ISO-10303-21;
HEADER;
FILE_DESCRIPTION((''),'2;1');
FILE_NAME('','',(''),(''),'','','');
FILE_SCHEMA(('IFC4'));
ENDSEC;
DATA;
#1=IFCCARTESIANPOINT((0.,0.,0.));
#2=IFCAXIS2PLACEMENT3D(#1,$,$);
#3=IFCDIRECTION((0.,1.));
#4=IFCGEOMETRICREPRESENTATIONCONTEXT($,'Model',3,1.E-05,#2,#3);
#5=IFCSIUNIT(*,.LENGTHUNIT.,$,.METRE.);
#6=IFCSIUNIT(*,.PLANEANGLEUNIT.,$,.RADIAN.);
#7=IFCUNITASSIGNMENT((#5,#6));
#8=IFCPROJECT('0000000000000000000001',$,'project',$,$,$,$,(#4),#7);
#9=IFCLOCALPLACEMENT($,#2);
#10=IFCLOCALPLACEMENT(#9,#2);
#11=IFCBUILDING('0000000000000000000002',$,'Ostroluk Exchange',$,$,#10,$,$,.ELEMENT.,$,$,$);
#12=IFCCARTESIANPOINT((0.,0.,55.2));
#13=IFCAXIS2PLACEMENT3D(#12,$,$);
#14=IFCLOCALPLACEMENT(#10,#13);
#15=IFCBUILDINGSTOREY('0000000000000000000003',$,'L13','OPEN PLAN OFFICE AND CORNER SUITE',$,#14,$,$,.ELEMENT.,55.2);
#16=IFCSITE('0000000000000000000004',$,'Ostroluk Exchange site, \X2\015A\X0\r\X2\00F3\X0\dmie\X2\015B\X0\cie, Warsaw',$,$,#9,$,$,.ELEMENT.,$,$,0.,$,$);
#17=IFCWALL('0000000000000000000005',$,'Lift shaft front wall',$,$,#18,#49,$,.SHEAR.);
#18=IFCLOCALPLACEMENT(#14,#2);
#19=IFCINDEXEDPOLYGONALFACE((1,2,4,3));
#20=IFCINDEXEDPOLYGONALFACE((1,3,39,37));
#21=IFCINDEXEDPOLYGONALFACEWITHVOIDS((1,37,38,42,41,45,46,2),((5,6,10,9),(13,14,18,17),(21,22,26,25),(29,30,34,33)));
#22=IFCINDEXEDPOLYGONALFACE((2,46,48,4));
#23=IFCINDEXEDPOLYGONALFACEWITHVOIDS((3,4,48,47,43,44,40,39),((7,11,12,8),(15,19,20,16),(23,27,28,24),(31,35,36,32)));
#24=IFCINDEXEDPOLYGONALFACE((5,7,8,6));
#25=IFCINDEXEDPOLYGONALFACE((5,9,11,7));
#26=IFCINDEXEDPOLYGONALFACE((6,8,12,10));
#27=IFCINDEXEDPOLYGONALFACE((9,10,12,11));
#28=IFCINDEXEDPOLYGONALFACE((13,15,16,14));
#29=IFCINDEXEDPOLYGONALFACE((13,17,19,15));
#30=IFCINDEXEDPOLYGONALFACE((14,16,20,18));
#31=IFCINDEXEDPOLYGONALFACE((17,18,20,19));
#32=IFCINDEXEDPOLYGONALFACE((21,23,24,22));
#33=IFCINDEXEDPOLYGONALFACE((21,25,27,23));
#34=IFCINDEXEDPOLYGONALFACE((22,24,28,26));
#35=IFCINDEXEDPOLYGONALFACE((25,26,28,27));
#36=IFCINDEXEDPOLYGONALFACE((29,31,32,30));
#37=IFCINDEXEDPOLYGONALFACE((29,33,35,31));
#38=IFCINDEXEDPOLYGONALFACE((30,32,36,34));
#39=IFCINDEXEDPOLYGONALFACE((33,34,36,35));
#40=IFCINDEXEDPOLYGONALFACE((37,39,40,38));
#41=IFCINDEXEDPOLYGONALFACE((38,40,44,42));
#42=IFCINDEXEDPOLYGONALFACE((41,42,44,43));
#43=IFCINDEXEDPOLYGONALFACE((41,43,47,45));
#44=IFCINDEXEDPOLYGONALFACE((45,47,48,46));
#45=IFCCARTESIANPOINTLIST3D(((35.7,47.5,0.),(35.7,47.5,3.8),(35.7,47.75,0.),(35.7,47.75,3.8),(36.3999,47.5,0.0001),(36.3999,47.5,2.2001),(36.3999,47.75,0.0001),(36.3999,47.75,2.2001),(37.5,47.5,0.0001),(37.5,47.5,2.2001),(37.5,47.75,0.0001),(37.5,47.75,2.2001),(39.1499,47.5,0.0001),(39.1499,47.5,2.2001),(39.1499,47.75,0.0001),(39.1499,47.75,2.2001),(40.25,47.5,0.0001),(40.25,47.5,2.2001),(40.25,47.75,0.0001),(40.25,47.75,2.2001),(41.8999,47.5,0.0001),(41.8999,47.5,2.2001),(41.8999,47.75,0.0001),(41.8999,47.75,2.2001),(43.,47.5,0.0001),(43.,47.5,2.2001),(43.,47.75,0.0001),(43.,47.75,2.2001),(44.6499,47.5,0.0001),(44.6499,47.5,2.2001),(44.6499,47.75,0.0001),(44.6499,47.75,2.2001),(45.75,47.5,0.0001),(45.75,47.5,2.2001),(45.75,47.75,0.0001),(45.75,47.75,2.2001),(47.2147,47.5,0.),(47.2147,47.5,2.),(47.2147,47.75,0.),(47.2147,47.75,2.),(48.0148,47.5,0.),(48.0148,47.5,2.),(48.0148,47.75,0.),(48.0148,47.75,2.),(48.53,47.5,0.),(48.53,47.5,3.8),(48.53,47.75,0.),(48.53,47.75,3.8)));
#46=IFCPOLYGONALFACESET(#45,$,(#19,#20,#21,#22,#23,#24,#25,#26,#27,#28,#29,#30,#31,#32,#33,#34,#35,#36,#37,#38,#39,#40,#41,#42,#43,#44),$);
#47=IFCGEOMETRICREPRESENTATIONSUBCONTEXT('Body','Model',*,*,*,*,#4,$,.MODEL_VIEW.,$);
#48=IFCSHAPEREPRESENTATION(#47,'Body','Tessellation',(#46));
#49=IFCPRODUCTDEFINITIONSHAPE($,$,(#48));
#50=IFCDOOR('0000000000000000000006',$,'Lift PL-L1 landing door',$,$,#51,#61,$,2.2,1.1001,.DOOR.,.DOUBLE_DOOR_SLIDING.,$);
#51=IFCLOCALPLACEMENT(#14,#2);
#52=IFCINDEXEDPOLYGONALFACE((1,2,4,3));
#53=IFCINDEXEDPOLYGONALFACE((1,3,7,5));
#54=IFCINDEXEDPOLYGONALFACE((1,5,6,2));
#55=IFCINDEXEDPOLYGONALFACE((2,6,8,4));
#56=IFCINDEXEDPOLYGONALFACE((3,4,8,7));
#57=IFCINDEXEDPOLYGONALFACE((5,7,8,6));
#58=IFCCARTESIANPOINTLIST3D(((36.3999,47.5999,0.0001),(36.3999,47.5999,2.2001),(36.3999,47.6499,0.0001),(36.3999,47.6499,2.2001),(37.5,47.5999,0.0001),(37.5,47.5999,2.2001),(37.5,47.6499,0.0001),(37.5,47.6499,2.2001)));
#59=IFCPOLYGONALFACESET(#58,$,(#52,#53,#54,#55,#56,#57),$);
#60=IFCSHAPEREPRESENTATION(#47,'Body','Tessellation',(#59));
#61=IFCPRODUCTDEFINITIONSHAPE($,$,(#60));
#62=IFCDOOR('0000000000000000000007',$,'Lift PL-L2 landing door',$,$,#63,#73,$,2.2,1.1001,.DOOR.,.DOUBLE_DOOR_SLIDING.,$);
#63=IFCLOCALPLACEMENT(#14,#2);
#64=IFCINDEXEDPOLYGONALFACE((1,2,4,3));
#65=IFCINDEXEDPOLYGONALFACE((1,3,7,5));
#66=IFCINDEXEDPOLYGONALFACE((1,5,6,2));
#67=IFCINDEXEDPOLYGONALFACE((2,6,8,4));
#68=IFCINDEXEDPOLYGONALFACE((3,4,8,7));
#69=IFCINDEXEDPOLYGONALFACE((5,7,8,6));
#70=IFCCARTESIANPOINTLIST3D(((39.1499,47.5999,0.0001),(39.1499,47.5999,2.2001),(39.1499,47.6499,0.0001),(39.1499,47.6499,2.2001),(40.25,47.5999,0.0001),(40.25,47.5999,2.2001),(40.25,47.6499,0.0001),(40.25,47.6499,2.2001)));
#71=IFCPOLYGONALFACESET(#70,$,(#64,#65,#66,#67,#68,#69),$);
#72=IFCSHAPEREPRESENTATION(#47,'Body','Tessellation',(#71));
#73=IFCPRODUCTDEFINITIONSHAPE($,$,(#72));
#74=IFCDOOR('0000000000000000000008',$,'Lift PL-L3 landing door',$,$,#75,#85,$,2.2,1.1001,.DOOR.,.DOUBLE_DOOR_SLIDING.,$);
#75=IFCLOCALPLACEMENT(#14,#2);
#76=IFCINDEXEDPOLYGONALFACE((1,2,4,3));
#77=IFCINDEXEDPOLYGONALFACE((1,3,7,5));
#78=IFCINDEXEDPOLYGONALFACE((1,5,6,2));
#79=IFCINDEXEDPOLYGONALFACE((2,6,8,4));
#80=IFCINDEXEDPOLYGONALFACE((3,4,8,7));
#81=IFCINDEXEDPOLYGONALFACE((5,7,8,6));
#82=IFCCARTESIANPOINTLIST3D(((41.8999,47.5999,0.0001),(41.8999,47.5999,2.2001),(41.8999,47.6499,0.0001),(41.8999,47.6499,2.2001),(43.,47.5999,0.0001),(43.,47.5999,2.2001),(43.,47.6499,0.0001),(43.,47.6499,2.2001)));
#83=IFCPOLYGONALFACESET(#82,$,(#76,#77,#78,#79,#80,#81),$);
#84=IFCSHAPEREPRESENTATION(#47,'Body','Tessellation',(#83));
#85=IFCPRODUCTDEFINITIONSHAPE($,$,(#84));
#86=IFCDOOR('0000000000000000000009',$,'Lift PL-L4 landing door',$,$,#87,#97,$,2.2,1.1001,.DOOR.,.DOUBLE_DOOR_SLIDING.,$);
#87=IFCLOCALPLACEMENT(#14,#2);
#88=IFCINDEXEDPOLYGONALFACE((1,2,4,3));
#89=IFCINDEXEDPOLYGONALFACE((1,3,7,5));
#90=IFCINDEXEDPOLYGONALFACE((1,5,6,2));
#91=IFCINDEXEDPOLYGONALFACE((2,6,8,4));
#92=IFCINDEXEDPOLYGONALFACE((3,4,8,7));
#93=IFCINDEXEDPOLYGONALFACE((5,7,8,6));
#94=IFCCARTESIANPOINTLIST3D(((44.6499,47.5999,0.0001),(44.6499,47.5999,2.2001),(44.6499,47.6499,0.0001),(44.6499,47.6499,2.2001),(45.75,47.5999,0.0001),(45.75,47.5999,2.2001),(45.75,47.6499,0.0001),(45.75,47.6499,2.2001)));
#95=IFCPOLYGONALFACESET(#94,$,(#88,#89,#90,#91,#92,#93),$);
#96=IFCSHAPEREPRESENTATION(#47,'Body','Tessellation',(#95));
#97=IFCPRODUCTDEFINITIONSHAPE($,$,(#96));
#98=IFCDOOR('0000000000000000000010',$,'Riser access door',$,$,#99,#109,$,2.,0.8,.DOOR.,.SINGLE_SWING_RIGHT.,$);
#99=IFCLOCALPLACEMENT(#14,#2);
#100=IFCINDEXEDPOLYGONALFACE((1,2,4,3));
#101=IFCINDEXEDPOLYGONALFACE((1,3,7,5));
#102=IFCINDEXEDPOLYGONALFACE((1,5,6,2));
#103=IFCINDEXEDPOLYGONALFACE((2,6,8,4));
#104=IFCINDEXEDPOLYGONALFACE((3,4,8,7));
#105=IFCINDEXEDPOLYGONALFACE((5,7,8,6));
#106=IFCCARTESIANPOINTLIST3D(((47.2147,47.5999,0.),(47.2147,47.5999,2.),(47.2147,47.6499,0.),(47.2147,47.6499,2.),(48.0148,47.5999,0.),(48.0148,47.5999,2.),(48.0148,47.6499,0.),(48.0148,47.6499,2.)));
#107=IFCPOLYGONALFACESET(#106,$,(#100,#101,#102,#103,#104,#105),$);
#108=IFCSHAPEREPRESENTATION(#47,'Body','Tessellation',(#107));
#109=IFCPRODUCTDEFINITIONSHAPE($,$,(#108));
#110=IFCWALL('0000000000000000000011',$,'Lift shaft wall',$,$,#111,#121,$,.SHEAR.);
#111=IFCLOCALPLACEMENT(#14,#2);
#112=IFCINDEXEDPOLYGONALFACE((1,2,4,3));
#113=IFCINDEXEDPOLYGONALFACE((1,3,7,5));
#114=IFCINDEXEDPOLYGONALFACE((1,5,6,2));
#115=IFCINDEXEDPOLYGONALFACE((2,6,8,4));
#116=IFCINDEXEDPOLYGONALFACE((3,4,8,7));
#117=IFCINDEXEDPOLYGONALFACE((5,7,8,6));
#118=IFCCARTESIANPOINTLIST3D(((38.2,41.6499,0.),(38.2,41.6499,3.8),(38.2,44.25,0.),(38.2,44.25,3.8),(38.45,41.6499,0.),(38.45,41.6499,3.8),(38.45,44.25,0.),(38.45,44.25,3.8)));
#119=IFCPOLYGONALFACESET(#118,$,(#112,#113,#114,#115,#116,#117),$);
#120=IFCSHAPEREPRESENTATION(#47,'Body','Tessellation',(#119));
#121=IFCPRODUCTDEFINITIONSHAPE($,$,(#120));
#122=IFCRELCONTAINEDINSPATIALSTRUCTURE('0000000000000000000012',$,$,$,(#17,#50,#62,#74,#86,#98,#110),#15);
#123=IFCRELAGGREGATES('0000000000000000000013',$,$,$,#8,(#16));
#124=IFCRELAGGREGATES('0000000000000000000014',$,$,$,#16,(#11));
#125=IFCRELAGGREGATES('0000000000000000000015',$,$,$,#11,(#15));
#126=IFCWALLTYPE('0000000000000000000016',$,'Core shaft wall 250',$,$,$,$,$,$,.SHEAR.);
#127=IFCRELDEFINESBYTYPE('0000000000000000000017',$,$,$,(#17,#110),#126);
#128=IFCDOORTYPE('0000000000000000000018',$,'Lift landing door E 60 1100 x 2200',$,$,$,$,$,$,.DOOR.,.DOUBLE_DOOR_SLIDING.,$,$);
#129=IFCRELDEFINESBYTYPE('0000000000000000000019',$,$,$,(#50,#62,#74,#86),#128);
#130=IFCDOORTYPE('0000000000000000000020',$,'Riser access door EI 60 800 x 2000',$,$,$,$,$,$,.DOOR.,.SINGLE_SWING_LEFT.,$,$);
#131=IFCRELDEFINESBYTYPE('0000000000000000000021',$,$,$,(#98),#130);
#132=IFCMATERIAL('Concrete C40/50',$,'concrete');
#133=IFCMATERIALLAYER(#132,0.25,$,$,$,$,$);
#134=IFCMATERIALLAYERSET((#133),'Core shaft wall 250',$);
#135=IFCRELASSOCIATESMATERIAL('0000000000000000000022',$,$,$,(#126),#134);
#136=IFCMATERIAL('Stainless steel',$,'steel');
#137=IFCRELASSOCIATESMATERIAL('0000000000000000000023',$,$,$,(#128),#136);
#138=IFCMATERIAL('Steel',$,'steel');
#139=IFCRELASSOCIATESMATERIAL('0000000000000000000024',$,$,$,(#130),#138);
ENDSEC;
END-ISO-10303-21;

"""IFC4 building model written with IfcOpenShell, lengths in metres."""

from ifc_helpers import new_model, si_unit, direction, frame, frame_2d, origin, place, context, subcontext, project, spatial, rectangle, extrude, material, layer, layer_set, type_object, element, fill, save


model = new_model("IFC4")

# Units and contexts
model_context = context("Model", 3, precision=1e-05, world=origin(), true_north=direction((0.0, 1.0)))
body_context = subcontext(model_context, "Body", "Model", "MODEL_VIEW")
ifc_project = project(units=[si_unit("LENGTHUNIT", "METRE"), si_unit("PLANEANGLEUNIT", "RADIAN")], contexts=[model_context])

# Site, building, storey
site_placement = place(None, origin())
site = spatial("IfcSite", under=ifc_project, at=site_placement, Name="Ostroluk Exchange site, Śródmieście, Warsaw", CompositionType="ELEMENT", RefElevation=0.0)
building_placement = place(site_placement, origin())
building = spatial("IfcBuilding", under=site, at=building_placement, Name="Ostroluk Exchange", CompositionType="ELEMENT")
storey_placement = place(building_placement, frame((0.0, 0.0, 55.2)))
storey = spatial("IfcBuildingStorey", under=building, at=storey_placement, Name="L13", Description="OPEN PLAN OFFICE AND CORNER SUITE", CompositionType="ELEMENT", Elevation=55.2)

# Shared definitions
ifc_material_1 = material(Name="Concrete C40/50", Category="concrete")
ifc_layer = layer(ifc_material_1, 0.25)
ifc_layer_set = layer_set([ifc_layer], Name="Core shaft wall 250")
wall_type = type_object("IfcWallType", Name="Core shaft wall 250", PredefinedType="SHEAR", material=ifc_layer_set)

# Wall, openings, doors
wall_1_placement = place(storey_placement, frame((35.7, 47.625, 0.0), z_axis=(0.0, 0.0, 1.0), x_axis=(1.0, 0.0, 0.0)))
wall_1 = element("IfcWall", 1, at=wall_1_placement, inside=storey, type_object=wall_type, Name="Lift shaft front wall", PredefinedType="SHEAR", context=body_context, shape_type="SweptSolid", body=[
    extrude(rectangle(XDim=12.8301, YDim=0.25, at=frame_2d((6.415, 0.0))), origin(), (0.0, 0.0, 1.0), 3.8),
])
opening_1_placement = place(wall_1_placement, frame((0.7, 0.0, 0.0)))
opening_1 = element("IfcOpeningElement", 2, at=opening_1_placement, cuts=wall_1, PredefinedType="OPENING", context=body_context, shape_type="SweptSolid", body=[
    extrude(rectangle(XDim=1.1001, YDim=2.2, at=frame_2d((0.55, 1.1001))), frame((0.0, 0.135, 0.0), z_axis=(0.0, -1.0, 0.0), x_axis=(1.0, 0.0, 0.0)), (0.0, 0.0, 1.0), 0.27),
])
opening_2_placement = place(wall_1_placement, frame((3.45, 0.0, 0.0)))
opening_2 = element("IfcOpeningElement", 3, at=opening_2_placement, cuts=wall_1, PredefinedType="OPENING", context=body_context, shape_type="SweptSolid", body=[
    extrude(rectangle(XDim=1.1001, YDim=2.2, at=frame_2d((0.55, 1.1001))), frame((0.0, 0.135, 0.0), z_axis=(0.0, -1.0, 0.0), x_axis=(1.0, 0.0, 0.0)), (0.0, 0.0, 1.0), 0.27),
])
opening_3_placement = place(wall_1_placement, frame((6.2, 0.0, 0.0)))
opening_3 = element("IfcOpeningElement", 4, at=opening_3_placement, cuts=wall_1, PredefinedType="OPENING", context=body_context, shape_type="SweptSolid", body=[
    extrude(rectangle(XDim=1.1001, YDim=2.2, at=frame_2d((0.55, 1.1001))), frame((0.0, 0.135, 0.0), z_axis=(0.0, -1.0, 0.0), x_axis=(1.0, 0.0, 0.0)), (0.0, 0.0, 1.0), 0.27),
])
opening_4_placement = place(wall_1_placement, frame((8.95, 0.0, 0.0)))
opening_4 = element("IfcOpeningElement", 5, at=opening_4_placement, cuts=wall_1, PredefinedType="OPENING", context=body_context, shape_type="SweptSolid", body=[
    extrude(rectangle(XDim=1.1001, YDim=2.2, at=frame_2d((0.55, 1.1001))), frame((0.0, 0.135, 0.0), z_axis=(0.0, -1.0, 0.0), x_axis=(1.0, 0.0, 0.0)), (0.0, 0.0, 1.0), 0.27),
])
opening_5_placement = place(wall_1_placement, frame((11.5149, 0.0, 0.0)))
opening_5 = element("IfcOpeningElement", 6, at=opening_5_placement, cuts=wall_1, PredefinedType="OPENING", context=body_context, shape_type="SweptSolid", body=[
    extrude(rectangle(XDim=0.8, YDim=2.0, at=frame_2d((0.3999, 1.0))), frame((0.0, 0.135, 0.0), z_axis=(0.0, -1.0, 0.0), x_axis=(1.0, 0.0, 0.0)), (0.0, 0.0, 1.0), 0.27),
])
ifc_material_2 = material(Name="Stainless steel", Category="steel")
door_type_1 = type_object("IfcDoorType", Name="Lift landing door E 60 1100 x 2200", OperationType="DOUBLE_DOOR_SLIDING", PredefinedType="DOOR", material=ifc_material_2)
door_1_placement = place(opening_1_placement, origin())
door_1 = element("IfcDoor", 7, at=door_1_placement, inside=storey, type_object=door_type_1, Name="Lift PL-L1 landing door", OperationType="DOUBLE_DOOR_SLIDING", OverallHeight=2.2, OverallWidth=1.1001, PredefinedType="DOOR", context=body_context, shape_type="SweptSolid", body=[
    extrude(rectangle(XDim=1.1001, YDim=2.2, at=frame_2d((0.55, 1.1001))), frame((0.0, 0.0249, 0.0), z_axis=(0.0, -1.0, 0.0), x_axis=(1.0, 0.0, 0.0)), (0.0, 0.0, 1.0), 0.05),
])
fill(opening_1, door_1)
door_2_placement = place(opening_2_placement, origin())
door_2 = element("IfcDoor", 8, at=door_2_placement, inside=storey, type_object=door_type_1, Name="Lift PL-L2 landing door", OperationType="DOUBLE_DOOR_SLIDING", OverallHeight=2.2, OverallWidth=1.1001, PredefinedType="DOOR", context=body_context, shape_type="SweptSolid", body=[
    extrude(rectangle(XDim=1.1001, YDim=2.2, at=frame_2d((0.55, 1.1001))), frame((0.0, 0.0249, 0.0), z_axis=(0.0, -1.0, 0.0), x_axis=(1.0, 0.0, 0.0)), (0.0, 0.0, 1.0), 0.05),
])
fill(opening_2, door_2)
door_3_placement = place(opening_3_placement, origin())
door_3 = element("IfcDoor", 9, at=door_3_placement, inside=storey, type_object=door_type_1, Name="Lift PL-L3 landing door", OperationType="DOUBLE_DOOR_SLIDING", OverallHeight=2.2, OverallWidth=1.1001, PredefinedType="DOOR", context=body_context, shape_type="SweptSolid", body=[
    extrude(rectangle(XDim=1.1001, YDim=2.2, at=frame_2d((0.55, 1.1001))), frame((0.0, 0.0249, 0.0), z_axis=(0.0, -1.0, 0.0), x_axis=(1.0, 0.0, 0.0)), (0.0, 0.0, 1.0), 0.05),
])
fill(opening_3, door_3)
door_4_placement = place(opening_4_placement, origin())
door_4 = element("IfcDoor", 10, at=door_4_placement, inside=storey, type_object=door_type_1, Name="Lift PL-L4 landing door", OperationType="DOUBLE_DOOR_SLIDING", OverallHeight=2.2, OverallWidth=1.1001, PredefinedType="DOOR", context=body_context, shape_type="SweptSolid", body=[
    extrude(rectangle(XDim=1.1001, YDim=2.2, at=frame_2d((0.55, 1.1001))), frame((0.0, 0.0249, 0.0), z_axis=(0.0, -1.0, 0.0), x_axis=(1.0, 0.0, 0.0)), (0.0, 0.0, 1.0), 0.05),
])
fill(opening_4, door_4)
ifc_material_3 = material(Name="Steel", Category="steel")
door_type_2 = type_object("IfcDoorType", Name="Riser access door EI 60 800 x 2000", OperationType="SINGLE_SWING_LEFT", PredefinedType="DOOR", material=ifc_material_3)
door_5_placement = place(opening_5_placement, origin())
door_5 = element("IfcDoor", 11, at=door_5_placement, inside=storey, type_object=door_type_2, Name="Riser access door", OperationType="SINGLE_SWING_RIGHT", OverallHeight=2.0, OverallWidth=0.8, PredefinedType="DOOR", context=body_context, shape_type="SweptSolid", body=[
    extrude(rectangle(XDim=0.8, YDim=2.0, at=frame_2d((0.3999, 1.0))), frame((0.0, 0.0249, 0.0), z_axis=(0.0, -1.0, 0.0), x_axis=(1.0, 0.0, 0.0)), (0.0, 0.0, 1.0), 0.05),
])
fill(opening_5, door_5)

# Wall
wall_2_placement = place(storey_placement, frame((38.325, 44.25, 0.0), z_axis=(0.0, 0.0, 1.0), x_axis=(0.0, -1.0, 0.0)))
element("IfcWall", 12, at=wall_2_placement, inside=storey, type_object=wall_type, Name="Lift shaft wall", PredefinedType="SHEAR", context=body_context, shape_type="SweptSolid", body=[
    extrude(rectangle(XDim=2.6001, YDim=0.25, at=frame_2d((1.3, 0.0))), origin(), (0.0, 0.0, 1.0), 3.8),
])

save(model, "model.ifc")
